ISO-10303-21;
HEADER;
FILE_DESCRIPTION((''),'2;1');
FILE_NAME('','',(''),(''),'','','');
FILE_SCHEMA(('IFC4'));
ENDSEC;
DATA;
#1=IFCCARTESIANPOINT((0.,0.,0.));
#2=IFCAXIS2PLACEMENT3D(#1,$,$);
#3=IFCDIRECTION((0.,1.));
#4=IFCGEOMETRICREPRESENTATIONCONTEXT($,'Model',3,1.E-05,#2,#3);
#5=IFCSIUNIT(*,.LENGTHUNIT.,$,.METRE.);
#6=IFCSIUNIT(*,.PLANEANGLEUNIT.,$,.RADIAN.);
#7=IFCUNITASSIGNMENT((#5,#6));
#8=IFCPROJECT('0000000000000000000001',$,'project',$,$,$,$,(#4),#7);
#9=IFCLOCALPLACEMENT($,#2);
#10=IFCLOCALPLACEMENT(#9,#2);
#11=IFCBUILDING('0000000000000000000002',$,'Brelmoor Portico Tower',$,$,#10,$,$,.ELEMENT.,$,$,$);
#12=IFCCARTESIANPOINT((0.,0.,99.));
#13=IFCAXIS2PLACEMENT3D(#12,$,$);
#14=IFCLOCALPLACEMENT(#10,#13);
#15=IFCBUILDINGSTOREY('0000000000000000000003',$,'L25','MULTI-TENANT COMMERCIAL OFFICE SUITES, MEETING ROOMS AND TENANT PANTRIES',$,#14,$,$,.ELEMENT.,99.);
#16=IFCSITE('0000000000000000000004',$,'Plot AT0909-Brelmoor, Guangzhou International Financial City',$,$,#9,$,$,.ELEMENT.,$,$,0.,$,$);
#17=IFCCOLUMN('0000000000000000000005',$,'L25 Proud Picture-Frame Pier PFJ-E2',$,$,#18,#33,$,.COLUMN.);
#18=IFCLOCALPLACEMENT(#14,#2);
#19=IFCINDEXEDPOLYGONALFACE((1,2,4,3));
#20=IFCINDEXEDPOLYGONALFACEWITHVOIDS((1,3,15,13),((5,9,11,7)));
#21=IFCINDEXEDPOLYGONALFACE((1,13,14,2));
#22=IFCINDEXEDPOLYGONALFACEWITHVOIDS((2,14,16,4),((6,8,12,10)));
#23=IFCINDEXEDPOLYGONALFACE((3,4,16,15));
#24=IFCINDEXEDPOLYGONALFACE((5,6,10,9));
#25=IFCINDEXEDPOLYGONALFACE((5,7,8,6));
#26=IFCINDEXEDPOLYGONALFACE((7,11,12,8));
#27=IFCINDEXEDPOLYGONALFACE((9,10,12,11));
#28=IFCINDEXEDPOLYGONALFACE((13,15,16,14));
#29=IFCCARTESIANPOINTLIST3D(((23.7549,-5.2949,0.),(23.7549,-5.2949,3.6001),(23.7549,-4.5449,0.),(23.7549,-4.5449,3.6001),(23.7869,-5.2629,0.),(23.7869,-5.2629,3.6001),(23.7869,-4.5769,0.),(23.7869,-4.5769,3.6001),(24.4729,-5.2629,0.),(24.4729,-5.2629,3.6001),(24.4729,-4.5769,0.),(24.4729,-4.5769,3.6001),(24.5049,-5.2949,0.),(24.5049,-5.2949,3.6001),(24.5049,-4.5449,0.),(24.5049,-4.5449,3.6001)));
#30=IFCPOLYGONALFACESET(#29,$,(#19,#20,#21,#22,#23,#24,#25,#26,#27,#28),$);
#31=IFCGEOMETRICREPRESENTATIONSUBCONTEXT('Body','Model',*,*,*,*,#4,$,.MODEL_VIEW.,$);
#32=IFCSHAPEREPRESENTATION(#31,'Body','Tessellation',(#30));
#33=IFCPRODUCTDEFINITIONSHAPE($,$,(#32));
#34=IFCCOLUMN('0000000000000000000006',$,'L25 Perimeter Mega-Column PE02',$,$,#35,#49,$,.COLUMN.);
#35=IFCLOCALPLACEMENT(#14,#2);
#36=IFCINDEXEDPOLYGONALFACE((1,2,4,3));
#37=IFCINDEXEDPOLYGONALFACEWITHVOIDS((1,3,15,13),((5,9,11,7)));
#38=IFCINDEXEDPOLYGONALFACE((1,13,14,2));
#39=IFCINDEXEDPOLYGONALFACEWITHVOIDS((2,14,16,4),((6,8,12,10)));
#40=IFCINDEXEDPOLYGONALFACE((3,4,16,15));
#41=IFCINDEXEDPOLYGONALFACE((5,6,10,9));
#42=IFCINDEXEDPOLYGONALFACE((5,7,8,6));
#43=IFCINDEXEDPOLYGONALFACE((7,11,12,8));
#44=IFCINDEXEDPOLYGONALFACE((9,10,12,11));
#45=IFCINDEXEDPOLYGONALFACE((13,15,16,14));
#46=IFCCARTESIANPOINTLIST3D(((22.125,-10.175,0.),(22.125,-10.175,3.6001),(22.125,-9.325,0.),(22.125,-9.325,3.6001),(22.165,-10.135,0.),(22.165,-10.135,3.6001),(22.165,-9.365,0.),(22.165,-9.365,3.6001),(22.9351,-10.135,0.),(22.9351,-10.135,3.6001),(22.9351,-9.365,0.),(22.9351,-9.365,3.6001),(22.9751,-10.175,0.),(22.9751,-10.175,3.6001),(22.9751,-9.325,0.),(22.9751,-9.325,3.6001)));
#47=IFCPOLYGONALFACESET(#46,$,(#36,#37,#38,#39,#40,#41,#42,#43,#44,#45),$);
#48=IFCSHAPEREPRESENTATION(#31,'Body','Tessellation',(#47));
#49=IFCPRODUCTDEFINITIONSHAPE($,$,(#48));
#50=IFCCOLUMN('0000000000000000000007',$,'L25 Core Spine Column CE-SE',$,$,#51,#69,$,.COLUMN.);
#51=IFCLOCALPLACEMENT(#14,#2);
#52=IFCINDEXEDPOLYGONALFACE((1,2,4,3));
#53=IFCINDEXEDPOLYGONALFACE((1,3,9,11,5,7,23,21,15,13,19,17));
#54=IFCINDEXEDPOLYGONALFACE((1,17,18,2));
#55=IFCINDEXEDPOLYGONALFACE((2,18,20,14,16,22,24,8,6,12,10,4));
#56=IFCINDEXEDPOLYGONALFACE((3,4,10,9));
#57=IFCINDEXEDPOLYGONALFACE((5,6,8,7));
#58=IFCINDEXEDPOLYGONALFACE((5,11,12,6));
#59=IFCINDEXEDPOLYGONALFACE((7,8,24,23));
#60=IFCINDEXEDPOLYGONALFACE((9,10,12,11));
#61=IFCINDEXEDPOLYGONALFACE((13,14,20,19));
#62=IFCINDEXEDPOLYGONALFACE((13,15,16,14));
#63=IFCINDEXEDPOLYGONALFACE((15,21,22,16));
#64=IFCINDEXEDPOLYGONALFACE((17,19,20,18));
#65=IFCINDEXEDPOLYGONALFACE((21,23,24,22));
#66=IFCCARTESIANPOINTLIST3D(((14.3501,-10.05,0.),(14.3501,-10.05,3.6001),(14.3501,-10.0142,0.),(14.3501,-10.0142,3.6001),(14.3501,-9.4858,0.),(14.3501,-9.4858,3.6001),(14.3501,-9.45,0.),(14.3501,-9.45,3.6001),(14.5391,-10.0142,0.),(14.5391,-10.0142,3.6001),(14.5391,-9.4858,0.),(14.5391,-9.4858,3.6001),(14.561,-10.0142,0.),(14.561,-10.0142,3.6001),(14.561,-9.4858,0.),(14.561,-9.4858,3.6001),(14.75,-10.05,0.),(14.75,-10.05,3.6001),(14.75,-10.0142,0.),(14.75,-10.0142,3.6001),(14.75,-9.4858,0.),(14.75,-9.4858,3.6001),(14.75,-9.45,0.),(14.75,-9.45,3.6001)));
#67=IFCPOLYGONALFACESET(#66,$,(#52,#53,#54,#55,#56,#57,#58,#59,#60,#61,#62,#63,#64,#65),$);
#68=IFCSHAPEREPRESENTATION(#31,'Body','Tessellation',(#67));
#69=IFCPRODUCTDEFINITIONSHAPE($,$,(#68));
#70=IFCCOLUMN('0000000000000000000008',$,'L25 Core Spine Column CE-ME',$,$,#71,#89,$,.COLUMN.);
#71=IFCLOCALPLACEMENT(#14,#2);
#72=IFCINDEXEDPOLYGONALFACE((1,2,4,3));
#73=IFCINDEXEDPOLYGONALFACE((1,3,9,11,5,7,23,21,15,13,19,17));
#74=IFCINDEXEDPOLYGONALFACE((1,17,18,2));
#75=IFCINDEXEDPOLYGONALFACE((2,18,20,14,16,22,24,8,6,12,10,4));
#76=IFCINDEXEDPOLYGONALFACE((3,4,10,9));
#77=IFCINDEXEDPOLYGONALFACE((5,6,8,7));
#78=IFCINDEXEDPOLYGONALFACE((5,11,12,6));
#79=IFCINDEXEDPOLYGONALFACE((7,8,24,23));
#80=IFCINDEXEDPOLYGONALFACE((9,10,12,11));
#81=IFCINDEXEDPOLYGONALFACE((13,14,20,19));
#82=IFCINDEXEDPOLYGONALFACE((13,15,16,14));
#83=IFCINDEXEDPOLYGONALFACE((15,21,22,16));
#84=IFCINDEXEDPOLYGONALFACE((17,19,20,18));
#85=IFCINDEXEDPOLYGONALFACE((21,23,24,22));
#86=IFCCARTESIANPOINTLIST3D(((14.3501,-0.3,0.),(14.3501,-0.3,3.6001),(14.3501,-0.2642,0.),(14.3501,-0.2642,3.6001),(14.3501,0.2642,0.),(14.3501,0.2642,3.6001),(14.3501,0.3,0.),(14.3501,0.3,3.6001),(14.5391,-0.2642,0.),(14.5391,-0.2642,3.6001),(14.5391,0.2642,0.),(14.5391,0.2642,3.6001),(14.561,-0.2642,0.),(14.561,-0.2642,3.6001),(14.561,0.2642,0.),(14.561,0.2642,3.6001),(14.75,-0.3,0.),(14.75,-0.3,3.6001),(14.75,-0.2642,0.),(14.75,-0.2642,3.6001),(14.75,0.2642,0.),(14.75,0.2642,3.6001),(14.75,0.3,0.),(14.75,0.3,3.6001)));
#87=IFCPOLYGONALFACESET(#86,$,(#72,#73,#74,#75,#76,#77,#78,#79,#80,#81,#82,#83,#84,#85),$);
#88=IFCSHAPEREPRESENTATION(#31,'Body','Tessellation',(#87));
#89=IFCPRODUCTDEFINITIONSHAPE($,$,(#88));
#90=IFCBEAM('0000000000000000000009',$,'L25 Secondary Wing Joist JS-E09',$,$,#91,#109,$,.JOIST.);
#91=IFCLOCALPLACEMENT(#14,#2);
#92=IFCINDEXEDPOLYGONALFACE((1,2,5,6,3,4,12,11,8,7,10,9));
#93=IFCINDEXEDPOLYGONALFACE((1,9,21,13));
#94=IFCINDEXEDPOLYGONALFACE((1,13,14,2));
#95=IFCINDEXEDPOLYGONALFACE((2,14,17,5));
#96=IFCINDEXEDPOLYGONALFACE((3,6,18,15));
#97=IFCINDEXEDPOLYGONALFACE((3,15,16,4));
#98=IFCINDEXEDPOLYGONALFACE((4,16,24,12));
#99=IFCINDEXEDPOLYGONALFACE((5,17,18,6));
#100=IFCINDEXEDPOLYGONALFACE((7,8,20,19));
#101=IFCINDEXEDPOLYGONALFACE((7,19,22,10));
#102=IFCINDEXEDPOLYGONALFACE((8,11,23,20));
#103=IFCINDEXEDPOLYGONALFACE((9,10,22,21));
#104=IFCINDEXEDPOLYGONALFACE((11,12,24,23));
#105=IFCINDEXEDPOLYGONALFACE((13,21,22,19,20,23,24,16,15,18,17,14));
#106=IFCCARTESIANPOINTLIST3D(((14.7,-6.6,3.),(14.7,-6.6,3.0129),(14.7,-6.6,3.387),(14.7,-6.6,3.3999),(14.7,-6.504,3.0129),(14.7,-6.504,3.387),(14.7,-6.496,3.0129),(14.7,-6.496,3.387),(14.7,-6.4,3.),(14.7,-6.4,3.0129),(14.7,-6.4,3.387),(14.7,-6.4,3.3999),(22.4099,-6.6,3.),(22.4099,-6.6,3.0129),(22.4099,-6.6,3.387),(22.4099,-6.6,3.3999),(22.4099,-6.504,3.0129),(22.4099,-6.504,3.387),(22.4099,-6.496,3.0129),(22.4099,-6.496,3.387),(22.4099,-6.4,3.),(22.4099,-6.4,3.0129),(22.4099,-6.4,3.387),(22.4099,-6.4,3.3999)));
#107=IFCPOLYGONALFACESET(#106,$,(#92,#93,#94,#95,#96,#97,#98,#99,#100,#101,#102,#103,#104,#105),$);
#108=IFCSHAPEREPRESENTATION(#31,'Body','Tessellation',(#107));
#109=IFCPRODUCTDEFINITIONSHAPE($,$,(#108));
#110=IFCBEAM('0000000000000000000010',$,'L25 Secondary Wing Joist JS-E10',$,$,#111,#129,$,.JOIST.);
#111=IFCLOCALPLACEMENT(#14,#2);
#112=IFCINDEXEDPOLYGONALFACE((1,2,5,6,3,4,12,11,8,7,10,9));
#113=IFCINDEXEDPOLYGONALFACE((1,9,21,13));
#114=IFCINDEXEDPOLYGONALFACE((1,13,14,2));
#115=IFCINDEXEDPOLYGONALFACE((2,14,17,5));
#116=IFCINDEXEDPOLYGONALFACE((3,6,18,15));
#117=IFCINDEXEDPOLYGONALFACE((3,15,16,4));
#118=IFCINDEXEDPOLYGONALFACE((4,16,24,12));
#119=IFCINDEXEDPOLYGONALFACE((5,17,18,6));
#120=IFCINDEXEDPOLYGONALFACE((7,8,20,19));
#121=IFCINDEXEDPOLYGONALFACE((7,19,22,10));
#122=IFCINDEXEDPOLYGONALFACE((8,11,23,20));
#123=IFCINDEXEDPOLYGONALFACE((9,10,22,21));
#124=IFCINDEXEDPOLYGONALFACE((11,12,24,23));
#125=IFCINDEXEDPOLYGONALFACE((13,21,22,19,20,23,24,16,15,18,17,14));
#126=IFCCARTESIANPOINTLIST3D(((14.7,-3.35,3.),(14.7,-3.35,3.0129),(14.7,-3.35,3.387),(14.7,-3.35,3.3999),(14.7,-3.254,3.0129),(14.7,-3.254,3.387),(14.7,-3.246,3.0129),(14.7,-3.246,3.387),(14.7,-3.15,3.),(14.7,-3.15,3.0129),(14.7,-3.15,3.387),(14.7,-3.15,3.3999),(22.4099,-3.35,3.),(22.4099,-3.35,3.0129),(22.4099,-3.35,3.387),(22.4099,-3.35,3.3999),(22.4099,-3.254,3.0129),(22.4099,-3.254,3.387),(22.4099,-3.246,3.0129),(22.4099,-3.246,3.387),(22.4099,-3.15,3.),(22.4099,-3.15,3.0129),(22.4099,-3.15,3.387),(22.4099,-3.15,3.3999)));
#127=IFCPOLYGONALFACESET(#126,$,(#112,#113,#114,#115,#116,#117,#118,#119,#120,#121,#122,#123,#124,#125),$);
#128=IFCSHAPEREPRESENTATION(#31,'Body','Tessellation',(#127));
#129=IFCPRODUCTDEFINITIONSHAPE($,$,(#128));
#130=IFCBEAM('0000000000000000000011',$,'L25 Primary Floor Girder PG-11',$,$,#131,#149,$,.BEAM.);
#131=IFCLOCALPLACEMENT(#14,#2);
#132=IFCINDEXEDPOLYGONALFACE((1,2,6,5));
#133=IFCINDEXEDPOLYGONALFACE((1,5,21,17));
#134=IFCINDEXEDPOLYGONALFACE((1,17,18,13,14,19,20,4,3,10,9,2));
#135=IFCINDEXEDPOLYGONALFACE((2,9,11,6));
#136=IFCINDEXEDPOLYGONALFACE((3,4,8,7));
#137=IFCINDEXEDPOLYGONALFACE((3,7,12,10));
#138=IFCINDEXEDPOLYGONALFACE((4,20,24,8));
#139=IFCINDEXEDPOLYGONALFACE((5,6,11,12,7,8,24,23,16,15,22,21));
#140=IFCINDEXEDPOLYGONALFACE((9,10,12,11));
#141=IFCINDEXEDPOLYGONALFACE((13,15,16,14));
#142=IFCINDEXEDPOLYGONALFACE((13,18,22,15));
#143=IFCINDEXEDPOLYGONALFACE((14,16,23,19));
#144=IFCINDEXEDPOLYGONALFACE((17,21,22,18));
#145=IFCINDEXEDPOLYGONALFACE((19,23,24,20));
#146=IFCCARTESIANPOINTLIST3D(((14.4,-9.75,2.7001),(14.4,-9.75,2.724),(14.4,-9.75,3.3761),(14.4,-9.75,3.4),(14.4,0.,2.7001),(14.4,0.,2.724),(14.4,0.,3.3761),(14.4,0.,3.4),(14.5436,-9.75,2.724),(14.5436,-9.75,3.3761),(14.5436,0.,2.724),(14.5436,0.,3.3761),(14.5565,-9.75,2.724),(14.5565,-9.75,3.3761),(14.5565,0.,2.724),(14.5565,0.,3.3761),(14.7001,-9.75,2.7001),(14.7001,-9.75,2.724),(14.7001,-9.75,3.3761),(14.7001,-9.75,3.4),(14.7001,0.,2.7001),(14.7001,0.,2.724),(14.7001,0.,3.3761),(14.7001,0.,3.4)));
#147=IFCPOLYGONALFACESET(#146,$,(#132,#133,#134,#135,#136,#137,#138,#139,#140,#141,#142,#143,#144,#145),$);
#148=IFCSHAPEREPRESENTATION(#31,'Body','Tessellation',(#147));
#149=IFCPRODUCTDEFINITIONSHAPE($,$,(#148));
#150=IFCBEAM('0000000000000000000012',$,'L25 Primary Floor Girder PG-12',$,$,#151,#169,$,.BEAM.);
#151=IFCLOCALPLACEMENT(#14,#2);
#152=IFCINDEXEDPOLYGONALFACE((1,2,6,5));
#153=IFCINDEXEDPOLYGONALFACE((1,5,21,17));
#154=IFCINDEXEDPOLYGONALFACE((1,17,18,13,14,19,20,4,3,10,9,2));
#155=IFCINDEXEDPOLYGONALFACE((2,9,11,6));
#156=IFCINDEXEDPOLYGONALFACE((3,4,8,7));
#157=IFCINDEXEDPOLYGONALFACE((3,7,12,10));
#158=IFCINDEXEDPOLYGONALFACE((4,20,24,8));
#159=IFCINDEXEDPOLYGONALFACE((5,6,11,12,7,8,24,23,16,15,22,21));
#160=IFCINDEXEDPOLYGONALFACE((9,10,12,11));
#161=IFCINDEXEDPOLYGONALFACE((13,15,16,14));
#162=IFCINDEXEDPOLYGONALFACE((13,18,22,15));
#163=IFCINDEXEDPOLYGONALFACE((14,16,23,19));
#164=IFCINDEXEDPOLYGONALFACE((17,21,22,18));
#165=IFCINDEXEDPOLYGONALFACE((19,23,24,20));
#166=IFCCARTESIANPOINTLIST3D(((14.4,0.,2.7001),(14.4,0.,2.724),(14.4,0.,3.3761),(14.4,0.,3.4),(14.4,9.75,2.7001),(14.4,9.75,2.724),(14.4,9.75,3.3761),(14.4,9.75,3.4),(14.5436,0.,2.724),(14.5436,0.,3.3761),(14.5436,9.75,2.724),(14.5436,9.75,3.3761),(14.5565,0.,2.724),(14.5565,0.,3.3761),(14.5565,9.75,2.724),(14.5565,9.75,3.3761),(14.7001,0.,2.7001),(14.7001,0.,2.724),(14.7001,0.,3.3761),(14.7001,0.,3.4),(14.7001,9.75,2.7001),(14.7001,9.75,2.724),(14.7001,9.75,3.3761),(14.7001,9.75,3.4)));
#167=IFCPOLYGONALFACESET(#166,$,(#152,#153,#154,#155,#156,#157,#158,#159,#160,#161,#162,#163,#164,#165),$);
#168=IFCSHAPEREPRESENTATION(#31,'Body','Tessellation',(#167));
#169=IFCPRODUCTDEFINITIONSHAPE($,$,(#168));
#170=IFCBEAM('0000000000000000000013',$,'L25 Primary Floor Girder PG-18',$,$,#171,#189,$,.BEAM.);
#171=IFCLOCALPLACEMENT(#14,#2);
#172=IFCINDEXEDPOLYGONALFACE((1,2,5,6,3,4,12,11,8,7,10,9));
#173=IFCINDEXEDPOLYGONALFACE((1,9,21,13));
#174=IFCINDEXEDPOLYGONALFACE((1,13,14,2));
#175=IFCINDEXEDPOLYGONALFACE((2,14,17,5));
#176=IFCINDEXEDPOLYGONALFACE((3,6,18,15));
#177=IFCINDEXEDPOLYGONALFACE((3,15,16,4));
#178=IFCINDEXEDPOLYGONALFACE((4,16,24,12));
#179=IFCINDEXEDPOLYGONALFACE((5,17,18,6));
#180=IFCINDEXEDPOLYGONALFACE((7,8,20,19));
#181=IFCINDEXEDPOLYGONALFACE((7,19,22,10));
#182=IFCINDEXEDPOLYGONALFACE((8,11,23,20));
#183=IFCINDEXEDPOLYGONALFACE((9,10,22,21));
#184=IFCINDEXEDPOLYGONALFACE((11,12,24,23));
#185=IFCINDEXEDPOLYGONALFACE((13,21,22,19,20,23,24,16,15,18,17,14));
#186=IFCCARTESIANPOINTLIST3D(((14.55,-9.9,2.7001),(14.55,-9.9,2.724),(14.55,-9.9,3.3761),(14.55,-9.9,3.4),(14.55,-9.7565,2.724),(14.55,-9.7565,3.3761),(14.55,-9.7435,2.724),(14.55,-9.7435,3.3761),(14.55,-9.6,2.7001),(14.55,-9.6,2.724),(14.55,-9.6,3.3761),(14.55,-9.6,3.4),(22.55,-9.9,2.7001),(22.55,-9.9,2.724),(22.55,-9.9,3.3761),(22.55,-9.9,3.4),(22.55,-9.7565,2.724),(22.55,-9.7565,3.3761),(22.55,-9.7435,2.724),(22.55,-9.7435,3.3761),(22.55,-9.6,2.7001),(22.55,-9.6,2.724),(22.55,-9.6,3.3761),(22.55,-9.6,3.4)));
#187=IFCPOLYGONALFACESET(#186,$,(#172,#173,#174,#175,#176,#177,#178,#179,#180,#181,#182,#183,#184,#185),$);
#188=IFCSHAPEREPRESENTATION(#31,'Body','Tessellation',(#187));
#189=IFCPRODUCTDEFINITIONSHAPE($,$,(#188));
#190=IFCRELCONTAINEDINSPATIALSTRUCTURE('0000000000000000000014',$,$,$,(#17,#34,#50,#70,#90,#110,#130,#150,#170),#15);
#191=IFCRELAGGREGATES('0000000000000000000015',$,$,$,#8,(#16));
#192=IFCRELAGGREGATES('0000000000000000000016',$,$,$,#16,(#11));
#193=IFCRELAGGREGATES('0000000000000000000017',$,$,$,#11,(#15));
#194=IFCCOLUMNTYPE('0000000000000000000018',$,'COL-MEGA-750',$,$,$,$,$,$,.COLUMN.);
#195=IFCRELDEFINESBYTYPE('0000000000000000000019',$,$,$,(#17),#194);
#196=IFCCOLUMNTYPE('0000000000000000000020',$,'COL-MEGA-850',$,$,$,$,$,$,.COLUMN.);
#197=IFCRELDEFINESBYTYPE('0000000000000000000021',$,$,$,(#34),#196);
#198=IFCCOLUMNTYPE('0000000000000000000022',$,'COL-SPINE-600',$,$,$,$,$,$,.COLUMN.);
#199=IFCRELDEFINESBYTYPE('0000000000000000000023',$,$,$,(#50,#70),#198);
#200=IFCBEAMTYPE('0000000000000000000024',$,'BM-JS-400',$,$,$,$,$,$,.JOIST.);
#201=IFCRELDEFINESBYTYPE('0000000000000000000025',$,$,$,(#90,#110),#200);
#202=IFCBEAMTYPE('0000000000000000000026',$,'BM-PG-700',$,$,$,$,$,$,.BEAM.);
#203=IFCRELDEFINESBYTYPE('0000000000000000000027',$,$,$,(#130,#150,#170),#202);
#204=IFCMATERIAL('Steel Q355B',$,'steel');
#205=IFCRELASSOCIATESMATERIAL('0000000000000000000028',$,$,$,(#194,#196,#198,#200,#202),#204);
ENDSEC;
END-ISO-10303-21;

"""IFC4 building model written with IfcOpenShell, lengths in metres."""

from ifc_helpers import new_model, si_unit, direction, frame, origin, origin_2d, place, context, subcontext, project, spatial, hollow_rectangle, i_section, extrude, material, material_profile, profile_set, type_object, element, save


model = new_model("IFC4")

# Units and contexts
model_context = context("Model", 3, precision=1e-05, world=origin(), true_north=direction((0.0, 1.0)))
body_context = subcontext(model_context, "Body", "Model", "MODEL_VIEW")
ifc_project = project(units=[si_unit("LENGTHUNIT", "METRE"), si_unit("PLANEANGLEUNIT", "RADIAN")], contexts=[model_context])

# Site, building, storey
site_placement = place(None, origin())
site = spatial("IfcSite", under=ifc_project, at=site_placement, Name="Plot AT0909-Brelmoor, Guangzhou International Financial City", CompositionType="ELEMENT", RefElevation=0.0)
building_placement = place(site_placement, origin())
building = spatial("IfcBuilding", under=site, at=building_placement, Name="Brelmoor Portico Tower", CompositionType="ELEMENT")
storey_placement = place(building_placement, frame((0.0, 0.0, 99.0)))
storey = spatial("IfcBuildingStorey", under=building, at=storey_placement, Name="L25", Description="MULTI-TENANT COMMERCIAL OFFICE SUITES, MEETING ROOMS AND TENANT PANTRIES", CompositionType="ELEMENT", Elevation=99.0)

# Columns
ifc_material_1 = material(Name="Steel Q355B", Category="steel")
ifc_material_profile_1 = material_profile(ifc_material_1, hollow_rectangle(XDim=0.75, YDim=0.75, WallThickness=0.032, at=origin_2d()), Name="BOX 750x750x32")
ifc_profile_set_1 = profile_set([ifc_material_profile_1], Name="Steel Q355B")
column_type_1 = type_object("IfcColumnType", Name="COL-MEGA-750", PredefinedType="COLUMN", material=ifc_profile_set_1)
column_1_placement = place(storey_placement, frame((24.1299, -4.9199, 0.0), z_axis=(0.0, 0.0, 1.0), x_axis=(0.0, 1.0, 0.0)))
element("IfcColumn", 1, at=column_1_placement, inside=storey, type_object=column_type_1, Name="L25 Proud Picture-Frame Pier PFJ-E2", PredefinedType="COLUMN", context=body_context, shape_type="SweptSolid", body=[
    extrude(hollow_rectangle(XDim=0.75, YDim=0.75, WallThickness=0.032, at=origin_2d()), origin(), (0.0, 0.0, 1.0), 3.6001),
])
ifc_material_profile_2 = material_profile(ifc_material_1, hollow_rectangle(XDim=0.8501, YDim=0.8501, WallThickness=0.04, at=origin_2d()), Name="BOX 850x850x40")
ifc_profile_set_2 = profile_set([ifc_material_profile_2], Name="Steel Q355B")
column_type_2 = type_object("IfcColumnType", Name="COL-MEGA-850", PredefinedType="COLUMN", material=ifc_profile_set_2)
column_2_placement = place(storey_placement, frame((22.55, -9.75, 0.0), z_axis=(0.0, 0.0, 1.0), x_axis=(0.0, 1.0, 0.0)))
element("IfcColumn", 2, at=column_2_placement, inside=storey, type_object=column_type_2, Name="L25 Perimeter Mega-Column PE02", PredefinedType="COLUMN", context=body_context, shape_type="SweptSolid", body=[
    extrude(hollow_rectangle(XDim=0.8501, YDim=0.8501, WallThickness=0.04, at=origin_2d()), origin(), (0.0, 0.0, 1.0), 3.6001),
])
ifc_material_profile_3 = material_profile(ifc_material_1, i_section(OverallWidth=0.3999, OverallDepth=0.6001, WebThickness=0.022, FlangeThickness=0.0359, at=origin_2d()), Name="HW 600x400x22x36")
ifc_profile_set_3 = profile_set([ifc_material_profile_3], Name="Steel Q355B")
column_type_3 = type_object("IfcColumnType", Name="COL-SPINE-600", PredefinedType="COLUMN", material=ifc_profile_set_3)
for number, where, z_axis, x_axis, name in (
    (3, (14.55, -9.75, 0.0), (0.0, 0.0, 1.0), (1.0, 0.0, 0.0), "L25 Core Spine Column CE-SE"),
    (4, (14.55, 0.0, 0.0), (0.0, 0.0, 1.0), (1.0, 0.0, 0.0), "L25 Core Spine Column CE-ME"),
):
    element("IfcColumn", number, at=place(storey_placement, frame(where, z_axis=z_axis, x_axis=x_axis)), inside=storey, type_object=column_type_3, Name=name, PredefinedType="COLUMN", context=body_context, shape_type="SweptSolid", body=[
        extrude(i_section(OverallWidth=0.3999, OverallDepth=0.6001, WebThickness=0.022, FlangeThickness=0.0359, at=origin_2d()), origin(), (0.0, 0.0, 1.0), 3.6001),
    ])

# Beams
ifc_material_profile_4 = material_profile(ifc_material_1, i_section(OverallWidth=0.2, OverallDepth=0.3999, WebThickness=0.0081, FlangeThickness=0.0129, at=origin_2d()), Name="HN 400x200x8x13")
ifc_profile_set_4 = profile_set([ifc_material_profile_4], Name="Steel Q355B")
beam_type_1 = type_object("IfcBeamType", Name="BM-JS-400", PredefinedType="JOIST", material=ifc_profile_set_4)
for number, where, z_axis, x_axis, name in (
    (5, (14.7, -6.5, 3.2), (1.0, 0.0, 0.0), (0.0, 1.0, 0.0), "L25 Secondary Wing Joist JS-E09"),
    (6, (14.7, -3.25, 3.2), (1.0, 0.0, 0.0), (0.0, 1.0, 0.0), "L25 Secondary Wing Joist JS-E10"),
):
    element("IfcBeam", number, at=place(storey_placement, frame(where, z_axis=z_axis, x_axis=x_axis)), inside=storey, type_object=beam_type_1, Name=name, PredefinedType="JOIST", context=body_context, shape_type="SweptSolid", body=[
        extrude(i_section(OverallWidth=0.2, OverallDepth=0.3999, WebThickness=0.0081, FlangeThickness=0.0129, at=origin_2d()), origin(), (0.0, 0.0, 1.0), 7.71),
    ])
ifc_material_profile_5 = material_profile(ifc_material_1, i_section(OverallWidth=0.3, OverallDepth=0.7, WebThickness=0.0129, FlangeThickness=0.0239, at=origin_2d()), Name="HN 700x300x13x24")
ifc_profile_set_5 = profile_set([ifc_material_profile_5], Name="Steel Q355B")
beam_type_2 = type_object("IfcBeamType", Name="BM-PG-700", PredefinedType="BEAM", material=ifc_profile_set_5)
for number, where, z_axis, x_axis, name in (
    (7, (14.55, -9.75, 3.05), (0.0, 1.0, 0.0), (-1.0, 0.0, 0.0), "L25 Primary Floor Girder PG-11"),
    (8, (14.55, 0.0, 3.05), (0.0, 1.0, 0.0), (-1.0, 0.0, 0.0), "L25 Primary Floor Girder PG-12"),
):
    element("IfcBeam", number, at=place(storey_placement, frame(where, z_axis=z_axis, x_axis=x_axis)), inside=storey, type_object=beam_type_2, Name=name, PredefinedType="BEAM", context=body_context, shape_type="SweptSolid", body=[
        extrude(i_section(OverallWidth=0.3, OverallDepth=0.7, WebThickness=0.0129, FlangeThickness=0.0239, at=origin_2d()), origin(), (0.0, 0.0, 1.0), 9.75),
    ])
beam_1_placement = place(storey_placement, frame((14.55, -9.75, 3.05), z_axis=(1.0, 0.0, 0.0), x_axis=(0.0, 1.0, 0.0)))
element("IfcBeam", 9, at=beam_1_placement, inside=storey, type_object=beam_type_2, Name="L25 Primary Floor Girder PG-18", PredefinedType="BEAM", context=body_context, shape_type="SweptSolid", body=[
    extrude(i_section(OverallWidth=0.3, OverallDepth=0.7, WebThickness=0.0129, FlangeThickness=0.0239, at=origin_2d()), origin(), (0.0, 0.0, 1.0), 8.0),
])

save(model, "model.ifc")
